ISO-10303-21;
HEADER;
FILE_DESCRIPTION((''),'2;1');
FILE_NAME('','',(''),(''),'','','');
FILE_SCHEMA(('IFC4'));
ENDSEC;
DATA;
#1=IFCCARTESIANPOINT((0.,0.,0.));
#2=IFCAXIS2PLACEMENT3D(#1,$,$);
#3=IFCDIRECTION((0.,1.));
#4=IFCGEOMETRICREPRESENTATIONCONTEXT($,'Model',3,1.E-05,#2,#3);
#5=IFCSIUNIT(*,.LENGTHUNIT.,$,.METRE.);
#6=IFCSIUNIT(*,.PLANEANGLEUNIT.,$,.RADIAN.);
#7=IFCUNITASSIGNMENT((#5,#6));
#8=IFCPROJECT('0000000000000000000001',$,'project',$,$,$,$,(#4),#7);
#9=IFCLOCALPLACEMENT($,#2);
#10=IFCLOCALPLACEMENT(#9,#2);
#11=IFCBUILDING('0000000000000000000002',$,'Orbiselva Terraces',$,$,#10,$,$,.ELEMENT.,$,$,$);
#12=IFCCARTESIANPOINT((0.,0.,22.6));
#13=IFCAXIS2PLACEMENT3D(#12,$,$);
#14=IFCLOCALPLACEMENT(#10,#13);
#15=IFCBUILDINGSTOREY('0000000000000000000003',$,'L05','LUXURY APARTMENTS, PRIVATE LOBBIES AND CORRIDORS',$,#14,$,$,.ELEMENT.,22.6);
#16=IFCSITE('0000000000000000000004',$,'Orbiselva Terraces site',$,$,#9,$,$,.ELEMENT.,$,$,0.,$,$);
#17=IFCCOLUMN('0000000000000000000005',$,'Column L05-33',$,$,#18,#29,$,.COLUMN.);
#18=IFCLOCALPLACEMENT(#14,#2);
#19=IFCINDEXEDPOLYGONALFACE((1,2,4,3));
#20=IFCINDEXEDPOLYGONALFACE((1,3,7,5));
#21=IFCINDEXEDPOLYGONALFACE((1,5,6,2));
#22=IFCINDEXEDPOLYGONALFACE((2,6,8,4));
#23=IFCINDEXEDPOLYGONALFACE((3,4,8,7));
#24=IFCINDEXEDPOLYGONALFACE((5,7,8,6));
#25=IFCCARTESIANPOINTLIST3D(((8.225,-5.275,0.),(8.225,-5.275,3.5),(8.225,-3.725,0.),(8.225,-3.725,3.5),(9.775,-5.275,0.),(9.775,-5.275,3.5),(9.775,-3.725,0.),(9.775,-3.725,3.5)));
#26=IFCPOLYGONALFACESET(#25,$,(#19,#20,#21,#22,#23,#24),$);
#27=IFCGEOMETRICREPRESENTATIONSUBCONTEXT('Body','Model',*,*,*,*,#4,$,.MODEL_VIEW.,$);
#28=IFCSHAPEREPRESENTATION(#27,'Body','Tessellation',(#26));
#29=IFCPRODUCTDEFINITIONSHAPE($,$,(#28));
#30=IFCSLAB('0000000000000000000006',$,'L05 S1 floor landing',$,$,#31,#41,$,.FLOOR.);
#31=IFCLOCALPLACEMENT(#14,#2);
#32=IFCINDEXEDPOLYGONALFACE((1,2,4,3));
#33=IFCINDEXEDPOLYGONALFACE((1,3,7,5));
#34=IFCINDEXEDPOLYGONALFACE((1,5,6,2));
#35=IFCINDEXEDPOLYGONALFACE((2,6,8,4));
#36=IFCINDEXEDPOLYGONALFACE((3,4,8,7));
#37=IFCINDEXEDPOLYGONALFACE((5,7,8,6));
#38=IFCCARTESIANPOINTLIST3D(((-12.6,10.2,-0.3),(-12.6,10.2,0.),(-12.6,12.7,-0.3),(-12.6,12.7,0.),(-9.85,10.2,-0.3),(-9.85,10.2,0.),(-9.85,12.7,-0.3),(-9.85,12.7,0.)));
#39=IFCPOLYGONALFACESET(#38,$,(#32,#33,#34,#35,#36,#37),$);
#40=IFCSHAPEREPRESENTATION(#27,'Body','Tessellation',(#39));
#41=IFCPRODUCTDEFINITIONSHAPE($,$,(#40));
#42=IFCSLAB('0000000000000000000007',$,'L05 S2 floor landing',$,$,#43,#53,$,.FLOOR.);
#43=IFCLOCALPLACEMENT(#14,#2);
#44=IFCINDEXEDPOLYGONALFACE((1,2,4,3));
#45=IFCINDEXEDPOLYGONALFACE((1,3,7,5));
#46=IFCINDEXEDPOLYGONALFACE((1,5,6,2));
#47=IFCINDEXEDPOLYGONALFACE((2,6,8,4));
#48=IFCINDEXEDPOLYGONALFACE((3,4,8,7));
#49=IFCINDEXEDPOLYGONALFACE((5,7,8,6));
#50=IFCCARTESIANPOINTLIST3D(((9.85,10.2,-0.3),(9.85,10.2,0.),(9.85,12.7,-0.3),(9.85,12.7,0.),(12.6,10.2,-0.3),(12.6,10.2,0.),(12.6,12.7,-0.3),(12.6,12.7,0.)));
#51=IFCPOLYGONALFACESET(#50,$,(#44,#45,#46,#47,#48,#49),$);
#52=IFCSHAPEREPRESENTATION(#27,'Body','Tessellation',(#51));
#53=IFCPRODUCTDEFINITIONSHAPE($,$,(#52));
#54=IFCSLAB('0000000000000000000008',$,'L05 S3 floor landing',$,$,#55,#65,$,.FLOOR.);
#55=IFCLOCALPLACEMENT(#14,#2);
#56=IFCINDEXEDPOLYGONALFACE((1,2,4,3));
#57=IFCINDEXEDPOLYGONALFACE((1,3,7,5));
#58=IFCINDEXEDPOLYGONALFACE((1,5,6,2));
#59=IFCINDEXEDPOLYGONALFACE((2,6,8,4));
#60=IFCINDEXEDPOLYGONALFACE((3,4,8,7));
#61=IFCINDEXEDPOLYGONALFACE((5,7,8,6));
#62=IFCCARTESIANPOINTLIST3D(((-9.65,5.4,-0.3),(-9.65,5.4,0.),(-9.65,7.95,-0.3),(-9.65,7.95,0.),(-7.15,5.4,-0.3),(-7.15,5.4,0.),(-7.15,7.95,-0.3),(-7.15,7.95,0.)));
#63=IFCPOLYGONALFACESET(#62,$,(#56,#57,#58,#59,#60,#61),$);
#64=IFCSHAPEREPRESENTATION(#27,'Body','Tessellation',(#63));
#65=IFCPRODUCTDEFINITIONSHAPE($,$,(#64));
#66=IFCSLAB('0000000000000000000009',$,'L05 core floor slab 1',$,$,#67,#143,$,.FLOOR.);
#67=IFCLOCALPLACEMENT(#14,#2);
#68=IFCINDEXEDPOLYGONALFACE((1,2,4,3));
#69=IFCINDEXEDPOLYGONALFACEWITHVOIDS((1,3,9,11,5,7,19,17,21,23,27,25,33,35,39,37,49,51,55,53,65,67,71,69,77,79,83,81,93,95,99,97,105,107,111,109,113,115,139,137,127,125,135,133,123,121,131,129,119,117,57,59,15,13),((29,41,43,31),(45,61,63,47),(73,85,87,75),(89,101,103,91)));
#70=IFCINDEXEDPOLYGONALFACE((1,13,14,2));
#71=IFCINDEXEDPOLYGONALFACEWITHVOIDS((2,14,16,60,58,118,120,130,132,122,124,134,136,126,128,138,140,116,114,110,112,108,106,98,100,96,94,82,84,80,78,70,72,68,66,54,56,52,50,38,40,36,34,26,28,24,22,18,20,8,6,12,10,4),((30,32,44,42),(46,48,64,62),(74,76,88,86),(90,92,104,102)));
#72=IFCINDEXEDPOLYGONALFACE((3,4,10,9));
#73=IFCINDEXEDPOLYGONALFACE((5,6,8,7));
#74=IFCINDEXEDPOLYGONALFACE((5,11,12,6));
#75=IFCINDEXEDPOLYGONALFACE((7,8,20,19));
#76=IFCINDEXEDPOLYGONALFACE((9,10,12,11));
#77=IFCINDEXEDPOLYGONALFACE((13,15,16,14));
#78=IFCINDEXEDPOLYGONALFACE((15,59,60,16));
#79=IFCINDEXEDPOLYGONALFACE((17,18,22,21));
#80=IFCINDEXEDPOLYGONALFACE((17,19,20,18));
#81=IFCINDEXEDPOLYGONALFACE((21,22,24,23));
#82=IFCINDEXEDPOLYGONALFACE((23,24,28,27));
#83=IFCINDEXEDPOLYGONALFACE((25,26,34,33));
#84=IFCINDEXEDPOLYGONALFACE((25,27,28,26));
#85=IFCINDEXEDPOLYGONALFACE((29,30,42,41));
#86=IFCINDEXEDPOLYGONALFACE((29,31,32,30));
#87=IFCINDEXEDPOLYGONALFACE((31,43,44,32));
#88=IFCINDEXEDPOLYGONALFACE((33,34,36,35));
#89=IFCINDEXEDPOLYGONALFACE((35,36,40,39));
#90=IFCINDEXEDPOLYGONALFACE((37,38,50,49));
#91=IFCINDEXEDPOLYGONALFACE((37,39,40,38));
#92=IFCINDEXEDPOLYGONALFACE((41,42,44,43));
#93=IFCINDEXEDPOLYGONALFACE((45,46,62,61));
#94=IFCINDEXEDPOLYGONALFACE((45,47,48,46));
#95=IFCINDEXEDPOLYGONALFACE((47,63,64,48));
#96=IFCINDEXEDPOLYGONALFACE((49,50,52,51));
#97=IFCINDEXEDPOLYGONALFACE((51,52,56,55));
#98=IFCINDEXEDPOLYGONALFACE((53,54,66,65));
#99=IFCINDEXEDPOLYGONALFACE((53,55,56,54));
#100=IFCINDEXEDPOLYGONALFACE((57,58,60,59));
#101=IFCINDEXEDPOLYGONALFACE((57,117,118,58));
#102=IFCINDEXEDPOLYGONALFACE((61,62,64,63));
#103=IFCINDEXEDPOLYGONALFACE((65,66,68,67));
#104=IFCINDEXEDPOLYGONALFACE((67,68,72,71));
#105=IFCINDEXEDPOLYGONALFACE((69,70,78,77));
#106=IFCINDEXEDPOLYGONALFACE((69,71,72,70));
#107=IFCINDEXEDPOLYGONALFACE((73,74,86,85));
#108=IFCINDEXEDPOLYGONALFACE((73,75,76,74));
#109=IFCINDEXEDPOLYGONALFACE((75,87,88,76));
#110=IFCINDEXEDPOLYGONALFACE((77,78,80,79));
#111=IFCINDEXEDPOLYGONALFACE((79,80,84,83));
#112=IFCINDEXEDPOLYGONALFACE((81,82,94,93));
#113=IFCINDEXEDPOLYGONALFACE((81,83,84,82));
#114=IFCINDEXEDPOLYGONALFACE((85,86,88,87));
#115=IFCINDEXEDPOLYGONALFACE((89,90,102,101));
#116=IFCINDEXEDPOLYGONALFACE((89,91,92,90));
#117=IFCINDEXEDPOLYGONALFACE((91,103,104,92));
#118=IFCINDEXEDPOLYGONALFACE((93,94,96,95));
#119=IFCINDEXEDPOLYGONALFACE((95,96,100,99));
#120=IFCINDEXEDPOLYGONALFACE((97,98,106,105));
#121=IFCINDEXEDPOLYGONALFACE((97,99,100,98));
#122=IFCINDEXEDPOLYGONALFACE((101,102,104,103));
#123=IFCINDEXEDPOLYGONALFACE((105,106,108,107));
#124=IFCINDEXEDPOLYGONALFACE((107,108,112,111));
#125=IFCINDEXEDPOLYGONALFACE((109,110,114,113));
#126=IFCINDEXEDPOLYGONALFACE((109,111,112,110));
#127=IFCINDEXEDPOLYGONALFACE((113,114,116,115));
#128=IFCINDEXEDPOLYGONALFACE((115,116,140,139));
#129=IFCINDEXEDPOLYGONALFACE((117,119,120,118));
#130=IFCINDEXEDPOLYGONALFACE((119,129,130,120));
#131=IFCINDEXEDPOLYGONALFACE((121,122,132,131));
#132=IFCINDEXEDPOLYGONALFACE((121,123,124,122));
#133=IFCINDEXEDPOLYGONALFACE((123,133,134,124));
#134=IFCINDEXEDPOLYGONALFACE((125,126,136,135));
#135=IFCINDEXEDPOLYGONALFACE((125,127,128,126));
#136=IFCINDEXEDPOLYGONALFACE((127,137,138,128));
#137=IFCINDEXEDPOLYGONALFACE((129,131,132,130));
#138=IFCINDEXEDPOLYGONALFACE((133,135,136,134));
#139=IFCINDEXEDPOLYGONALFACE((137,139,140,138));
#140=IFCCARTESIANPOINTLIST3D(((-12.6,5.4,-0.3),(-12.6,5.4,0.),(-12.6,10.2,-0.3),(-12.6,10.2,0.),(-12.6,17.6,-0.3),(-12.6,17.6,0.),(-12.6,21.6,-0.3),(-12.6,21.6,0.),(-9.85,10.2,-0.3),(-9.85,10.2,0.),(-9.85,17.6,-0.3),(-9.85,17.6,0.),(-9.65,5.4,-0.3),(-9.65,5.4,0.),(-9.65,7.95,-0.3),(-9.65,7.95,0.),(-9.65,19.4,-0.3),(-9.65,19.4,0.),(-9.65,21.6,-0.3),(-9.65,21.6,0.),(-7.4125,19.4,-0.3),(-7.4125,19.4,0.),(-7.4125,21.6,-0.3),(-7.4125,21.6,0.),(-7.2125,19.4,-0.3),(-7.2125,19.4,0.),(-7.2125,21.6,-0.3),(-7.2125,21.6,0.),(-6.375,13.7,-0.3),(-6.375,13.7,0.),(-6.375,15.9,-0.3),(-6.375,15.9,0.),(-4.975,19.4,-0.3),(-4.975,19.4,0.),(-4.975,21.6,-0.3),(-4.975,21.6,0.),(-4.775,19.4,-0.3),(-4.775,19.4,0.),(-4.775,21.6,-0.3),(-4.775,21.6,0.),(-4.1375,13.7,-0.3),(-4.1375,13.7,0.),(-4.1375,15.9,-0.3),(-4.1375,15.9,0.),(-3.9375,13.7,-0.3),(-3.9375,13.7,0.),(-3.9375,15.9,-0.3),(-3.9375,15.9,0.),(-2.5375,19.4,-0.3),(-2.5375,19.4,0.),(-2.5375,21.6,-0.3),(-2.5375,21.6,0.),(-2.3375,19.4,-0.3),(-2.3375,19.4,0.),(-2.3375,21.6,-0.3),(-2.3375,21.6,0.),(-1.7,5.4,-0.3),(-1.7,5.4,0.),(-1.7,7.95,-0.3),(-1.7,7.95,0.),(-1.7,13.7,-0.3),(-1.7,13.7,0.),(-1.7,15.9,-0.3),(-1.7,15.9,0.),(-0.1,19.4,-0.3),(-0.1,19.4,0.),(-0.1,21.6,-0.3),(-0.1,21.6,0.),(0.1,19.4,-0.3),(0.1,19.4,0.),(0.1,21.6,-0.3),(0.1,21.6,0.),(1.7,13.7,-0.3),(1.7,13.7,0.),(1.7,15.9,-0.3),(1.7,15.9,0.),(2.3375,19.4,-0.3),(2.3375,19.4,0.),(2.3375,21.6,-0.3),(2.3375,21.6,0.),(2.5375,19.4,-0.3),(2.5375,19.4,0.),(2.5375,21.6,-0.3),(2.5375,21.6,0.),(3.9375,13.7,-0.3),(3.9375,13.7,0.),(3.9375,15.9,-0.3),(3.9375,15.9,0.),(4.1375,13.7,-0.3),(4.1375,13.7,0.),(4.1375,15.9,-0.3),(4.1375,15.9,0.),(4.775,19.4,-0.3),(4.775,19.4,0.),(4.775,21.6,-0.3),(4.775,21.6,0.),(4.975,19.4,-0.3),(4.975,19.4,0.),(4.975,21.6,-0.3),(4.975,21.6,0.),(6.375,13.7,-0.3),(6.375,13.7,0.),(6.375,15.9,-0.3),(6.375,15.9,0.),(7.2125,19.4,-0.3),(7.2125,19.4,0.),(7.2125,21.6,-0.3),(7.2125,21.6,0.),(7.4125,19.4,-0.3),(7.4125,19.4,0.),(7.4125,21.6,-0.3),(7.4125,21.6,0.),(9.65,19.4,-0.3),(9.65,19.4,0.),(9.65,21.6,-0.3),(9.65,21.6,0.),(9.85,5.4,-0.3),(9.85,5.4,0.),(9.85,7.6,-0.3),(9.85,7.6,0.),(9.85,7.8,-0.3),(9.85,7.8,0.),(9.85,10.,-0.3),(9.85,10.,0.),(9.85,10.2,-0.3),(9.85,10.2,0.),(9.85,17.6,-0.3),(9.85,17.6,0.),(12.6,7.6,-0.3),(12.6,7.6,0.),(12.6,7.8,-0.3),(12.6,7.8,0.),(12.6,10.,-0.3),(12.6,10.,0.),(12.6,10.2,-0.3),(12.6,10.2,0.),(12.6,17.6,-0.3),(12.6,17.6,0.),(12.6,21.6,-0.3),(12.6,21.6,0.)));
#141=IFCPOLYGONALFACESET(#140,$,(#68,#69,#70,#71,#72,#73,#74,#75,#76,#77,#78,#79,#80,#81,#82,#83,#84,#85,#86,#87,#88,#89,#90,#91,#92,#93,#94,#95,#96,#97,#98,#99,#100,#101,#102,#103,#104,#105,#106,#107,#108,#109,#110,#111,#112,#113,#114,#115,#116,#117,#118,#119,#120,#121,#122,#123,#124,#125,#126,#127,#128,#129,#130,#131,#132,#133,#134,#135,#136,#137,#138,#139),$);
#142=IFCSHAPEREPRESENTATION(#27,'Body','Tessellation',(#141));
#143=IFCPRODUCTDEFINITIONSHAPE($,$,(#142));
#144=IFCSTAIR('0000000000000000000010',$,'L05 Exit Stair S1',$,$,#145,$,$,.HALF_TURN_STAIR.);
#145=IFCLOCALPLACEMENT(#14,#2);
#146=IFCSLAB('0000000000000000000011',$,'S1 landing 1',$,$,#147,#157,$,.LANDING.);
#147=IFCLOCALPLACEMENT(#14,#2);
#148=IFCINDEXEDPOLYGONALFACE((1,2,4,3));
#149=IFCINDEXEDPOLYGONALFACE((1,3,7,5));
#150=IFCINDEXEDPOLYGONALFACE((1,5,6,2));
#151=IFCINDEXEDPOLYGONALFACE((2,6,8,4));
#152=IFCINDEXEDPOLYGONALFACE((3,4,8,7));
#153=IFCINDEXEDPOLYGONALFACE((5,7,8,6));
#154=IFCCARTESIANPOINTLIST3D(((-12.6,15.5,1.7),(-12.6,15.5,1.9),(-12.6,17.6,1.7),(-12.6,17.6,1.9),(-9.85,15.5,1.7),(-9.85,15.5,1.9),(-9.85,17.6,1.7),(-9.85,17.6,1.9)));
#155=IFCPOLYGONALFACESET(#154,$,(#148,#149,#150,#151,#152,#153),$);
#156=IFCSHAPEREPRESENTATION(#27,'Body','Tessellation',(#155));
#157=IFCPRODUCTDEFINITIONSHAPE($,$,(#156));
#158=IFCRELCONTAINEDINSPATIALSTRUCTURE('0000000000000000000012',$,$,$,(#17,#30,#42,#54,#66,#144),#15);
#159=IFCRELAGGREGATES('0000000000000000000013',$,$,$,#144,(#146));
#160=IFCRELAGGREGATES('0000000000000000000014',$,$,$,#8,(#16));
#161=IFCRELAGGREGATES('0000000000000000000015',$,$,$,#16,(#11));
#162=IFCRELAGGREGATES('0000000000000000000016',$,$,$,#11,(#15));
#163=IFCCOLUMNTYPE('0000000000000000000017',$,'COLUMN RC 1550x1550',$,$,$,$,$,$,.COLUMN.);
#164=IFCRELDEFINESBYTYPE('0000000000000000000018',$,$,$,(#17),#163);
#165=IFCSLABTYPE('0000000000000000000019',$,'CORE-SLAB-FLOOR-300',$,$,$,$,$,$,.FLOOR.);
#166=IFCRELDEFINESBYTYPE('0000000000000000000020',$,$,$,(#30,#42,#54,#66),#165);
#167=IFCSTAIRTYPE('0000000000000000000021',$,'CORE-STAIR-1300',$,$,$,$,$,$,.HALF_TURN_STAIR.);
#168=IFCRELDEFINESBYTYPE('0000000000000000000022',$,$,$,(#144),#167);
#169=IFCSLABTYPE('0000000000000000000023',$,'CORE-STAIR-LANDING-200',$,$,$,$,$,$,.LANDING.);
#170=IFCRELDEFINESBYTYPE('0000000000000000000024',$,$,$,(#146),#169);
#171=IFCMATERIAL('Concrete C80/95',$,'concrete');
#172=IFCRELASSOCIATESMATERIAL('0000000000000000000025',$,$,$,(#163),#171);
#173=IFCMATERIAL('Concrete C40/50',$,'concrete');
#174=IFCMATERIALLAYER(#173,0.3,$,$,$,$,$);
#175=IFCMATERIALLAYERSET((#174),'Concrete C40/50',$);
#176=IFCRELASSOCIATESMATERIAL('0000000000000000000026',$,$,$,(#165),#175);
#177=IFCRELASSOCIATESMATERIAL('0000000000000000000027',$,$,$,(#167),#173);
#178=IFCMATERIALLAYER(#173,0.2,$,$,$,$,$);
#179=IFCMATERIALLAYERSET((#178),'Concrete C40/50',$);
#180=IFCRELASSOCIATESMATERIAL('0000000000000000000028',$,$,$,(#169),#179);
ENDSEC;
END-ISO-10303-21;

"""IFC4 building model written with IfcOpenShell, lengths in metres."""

from ifc_helpers import new_model, si_unit, direction, frame, origin, origin_2d, place, context, subcontext, project, spatial, polyline, rectangle, outline, extrude, material, layer, layer_set, material_profile, profile_set, type_object, element, aggregate, save


model = new_model("IFC4")

# Units and contexts
model_context = context("Model", 3, precision=1e-05, world=origin(), true_north=direction((0.0, 1.0)))
body_context = subcontext(model_context, "Body", "Model", "MODEL_VIEW")
ifc_project = project(units=[si_unit("LENGTHUNIT", "METRE"), si_unit("PLANEANGLEUNIT", "RADIAN")], contexts=[model_context])

# Site, building, storey
site_placement = place(None, origin())
site = spatial("IfcSite", under=ifc_project, at=site_placement, Name="Orbiselva Terraces site", CompositionType="ELEMENT", RefElevation=0.0)
building_placement = place(site_placement, origin())
building = spatial("IfcBuilding", under=site, at=building_placement, Name="Orbiselva Terraces", CompositionType="ELEMENT")
storey_placement = place(building_placement, frame((0.0, 0.0, 22.6)))
storey = spatial("IfcBuildingStorey", under=building, at=storey_placement, Name="L05", Description="LUXURY APARTMENTS, PRIVATE LOBBIES AND CORRIDORS", CompositionType="ELEMENT", Elevation=22.6)

# Column
ifc_material_1 = material(Name="Concrete C80/95", Category="concrete")
ifc_material_profile = material_profile(ifc_material_1, rectangle(XDim=1.55, YDim=1.55, at=origin_2d()), Name="RC 1550x1550")
ifc_profile_set = profile_set([ifc_material_profile], Name="Concrete C80/95")
column_type = type_object("IfcColumnType", Name="COLUMN RC 1550x1550", PredefinedType="COLUMN", material=ifc_profile_set)
column_placement = place(storey_placement, frame((9.0, -4.5, 0.0), z_axis=(0.0, 0.0, 1.0), x_axis=(1.0, 0.0, 0.0)))
element("IfcColumn", 1, at=column_placement, inside=storey, type_object=column_type, Name="Column L05-33", PredefinedType="COLUMN", context=body_context, shape_type="SweptSolid", body=[
    extrude(rectangle(XDim=1.55, YDim=1.55, at=origin_2d()), origin(), (0.0, 0.0, 1.0), 3.5),
])

# Slabs
ifc_material_2 = material(Name="Concrete C40/50", Category="concrete")
ifc_layer_1 = layer(ifc_material_2, 0.3)
ifc_layer_set_1 = layer_set([ifc_layer_1], Name="Concrete C40/50")
slab_type_1 = type_object("IfcSlabType", Name="CORE-SLAB-FLOOR-300", PredefinedType="FLOOR", material=ifc_layer_set_1)
slab_1_placement = place(storey_placement, frame((0.0, 0.0, -0.3)))
element("IfcSlab", 2, at=slab_1_placement, inside=storey, type_object=slab_type_1, Name="L05 S1 floor landing", PredefinedType="FLOOR", context=body_context, shape_type="SweptSolid", body=[
    extrude(outline(polyline([(-12.6, 12.7), (-9.85, 12.7), (-9.85, 10.2), (-12.6, 10.2), (-12.6, 12.7)])), origin(), (0.0, 0.0, 1.0), 0.3),
])
slab_2_placement = place(storey_placement, frame((0.0, 0.0, -0.3)))
element("IfcSlab", 3, at=slab_2_placement, inside=storey, type_object=slab_type_1, Name="L05 S2 floor landing", PredefinedType="FLOOR", context=body_context, shape_type="SweptSolid", body=[
    extrude(outline(polyline([(12.6, 12.7), (12.6, 10.2), (9.85, 10.2), (9.85, 12.7), (12.6, 12.7)])), origin(), (0.0, 0.0, 1.0), 0.3),
])
slab_3_placement = place(storey_placement, frame((0.0, 0.0, -0.3)))
element("IfcSlab", 4, at=slab_3_placement, inside=storey, type_object=slab_type_1, Name="L05 S3 floor landing", PredefinedType="FLOOR", context=body_context, shape_type="SweptSolid", body=[
    extrude(outline(polyline([(-7.15, 5.4), (-9.65, 5.4), (-9.65, 7.95), (-7.15, 7.95), (-7.15, 5.4)])), origin(), (0.0, 0.0, 1.0), 0.3),
])
slab_4_placement = place(storey_placement, frame((0.0, 0.0, -0.3)))
element("IfcSlab", 5, at=slab_4_placement, inside=storey, type_object=slab_type_1, Name="L05 core floor slab 1", PredefinedType="FLOOR", context=body_context, shape_type="SweptSolid", body=[
    extrude(outline(polyline([(-1.7, 5.4), (-1.7, 7.95), (-9.65, 7.95), (-9.65, 5.4), (-12.6, 5.4), (-12.6, 10.2), (-9.85, 10.2), (-9.85, 17.6), (-12.6, 17.6), (-12.6, 21.6), (-9.65, 21.6), (-9.65, 19.4), (-7.4125, 19.4), (-7.4125, 21.6), (-7.2125, 21.6), (-7.2125, 19.4), (-4.975, 19.4), (-4.975, 21.6), (-4.775, 21.6), (-4.775, 19.4), (-2.5375, 19.4), (-2.5375, 21.6), (-2.3375, 21.6), (-2.3375, 19.4), (-0.1, 19.4), (-0.1, 21.6), (0.1, 21.6), (0.1, 19.4), (2.3375, 19.4), (2.3375, 21.6), (2.5375, 21.6), (2.5375, 19.4), (4.775, 19.4), (4.775, 21.6), (4.975, 21.6), (4.975, 19.4), (7.2125, 19.4), (7.2125, 21.6), (7.4125, 21.6), (7.4125, 19.4), (9.65, 19.4), (9.65, 21.6), (12.6, 21.6), (12.6, 17.6), (9.85, 17.6), (9.85, 10.2), (12.6, 10.2), (12.6, 10.0), (9.85, 10.0), (9.85, 7.8), (12.6, 7.8), (12.6, 7.6), (9.85, 7.6), (9.85, 5.4), (-1.7, 5.4)]), holes=[polyline([(-4.1375, 13.7), (-4.1375, 15.9), (-6.375, 15.9), (-6.375, 13.7), (-4.1375, 13.7)]), polyline([(-1.7, 13.7), (-1.7, 15.9), (-3.9375, 15.9), (-3.9375, 13.7), (-1.7, 13.7)]), polyline([(3.9375, 13.7), (3.9375, 15.9), (1.7, 15.9), (1.7, 13.7), (3.9375, 13.7)]), polyline([(6.375, 13.7), (6.375, 15.9), (4.1375, 15.9), (4.1375, 13.7), (6.375, 13.7)])]), origin(), (0.0, 0.0, 1.0), 0.3),
])

# Stair, slab
stair_type = type_object("IfcStairType", Name="CORE-STAIR-1300", PredefinedType="HALF_TURN_STAIR", material=ifc_material_2)
stair_placement = place(storey_placement, origin())
stair = element("IfcStair", 6, at=stair_placement, inside=storey, type_object=stair_type, Name="L05 Exit Stair S1", PredefinedType="HALF_TURN_STAIR")
ifc_layer_2 = layer(ifc_material_2, 0.2)
ifc_layer_set_2 = layer_set([ifc_layer_2], Name="Concrete C40/50")
slab_type_2 = type_object("IfcSlabType", Name="CORE-STAIR-LANDING-200", PredefinedType="LANDING", material=ifc_layer_set_2)
slab_5_placement = place(storey_placement, frame((0.0, 0.0, 1.7)))
slab_5 = element("IfcSlab", 7, at=slab_5_placement, type_object=slab_type_2, Name="S1 landing 1", PredefinedType="LANDING", context=body_context, shape_type="SweptSolid", body=[
    extrude(outline(polyline([(-9.85, 15.5), (-9.85, 17.6), (-12.6, 17.6), (-12.6, 15.5), (-9.85, 15.5)])), origin(), (0.0, 0.0, 1.0), 0.2),
])
aggregate(stair, [slab_5])

save(model, "model.ifc")
